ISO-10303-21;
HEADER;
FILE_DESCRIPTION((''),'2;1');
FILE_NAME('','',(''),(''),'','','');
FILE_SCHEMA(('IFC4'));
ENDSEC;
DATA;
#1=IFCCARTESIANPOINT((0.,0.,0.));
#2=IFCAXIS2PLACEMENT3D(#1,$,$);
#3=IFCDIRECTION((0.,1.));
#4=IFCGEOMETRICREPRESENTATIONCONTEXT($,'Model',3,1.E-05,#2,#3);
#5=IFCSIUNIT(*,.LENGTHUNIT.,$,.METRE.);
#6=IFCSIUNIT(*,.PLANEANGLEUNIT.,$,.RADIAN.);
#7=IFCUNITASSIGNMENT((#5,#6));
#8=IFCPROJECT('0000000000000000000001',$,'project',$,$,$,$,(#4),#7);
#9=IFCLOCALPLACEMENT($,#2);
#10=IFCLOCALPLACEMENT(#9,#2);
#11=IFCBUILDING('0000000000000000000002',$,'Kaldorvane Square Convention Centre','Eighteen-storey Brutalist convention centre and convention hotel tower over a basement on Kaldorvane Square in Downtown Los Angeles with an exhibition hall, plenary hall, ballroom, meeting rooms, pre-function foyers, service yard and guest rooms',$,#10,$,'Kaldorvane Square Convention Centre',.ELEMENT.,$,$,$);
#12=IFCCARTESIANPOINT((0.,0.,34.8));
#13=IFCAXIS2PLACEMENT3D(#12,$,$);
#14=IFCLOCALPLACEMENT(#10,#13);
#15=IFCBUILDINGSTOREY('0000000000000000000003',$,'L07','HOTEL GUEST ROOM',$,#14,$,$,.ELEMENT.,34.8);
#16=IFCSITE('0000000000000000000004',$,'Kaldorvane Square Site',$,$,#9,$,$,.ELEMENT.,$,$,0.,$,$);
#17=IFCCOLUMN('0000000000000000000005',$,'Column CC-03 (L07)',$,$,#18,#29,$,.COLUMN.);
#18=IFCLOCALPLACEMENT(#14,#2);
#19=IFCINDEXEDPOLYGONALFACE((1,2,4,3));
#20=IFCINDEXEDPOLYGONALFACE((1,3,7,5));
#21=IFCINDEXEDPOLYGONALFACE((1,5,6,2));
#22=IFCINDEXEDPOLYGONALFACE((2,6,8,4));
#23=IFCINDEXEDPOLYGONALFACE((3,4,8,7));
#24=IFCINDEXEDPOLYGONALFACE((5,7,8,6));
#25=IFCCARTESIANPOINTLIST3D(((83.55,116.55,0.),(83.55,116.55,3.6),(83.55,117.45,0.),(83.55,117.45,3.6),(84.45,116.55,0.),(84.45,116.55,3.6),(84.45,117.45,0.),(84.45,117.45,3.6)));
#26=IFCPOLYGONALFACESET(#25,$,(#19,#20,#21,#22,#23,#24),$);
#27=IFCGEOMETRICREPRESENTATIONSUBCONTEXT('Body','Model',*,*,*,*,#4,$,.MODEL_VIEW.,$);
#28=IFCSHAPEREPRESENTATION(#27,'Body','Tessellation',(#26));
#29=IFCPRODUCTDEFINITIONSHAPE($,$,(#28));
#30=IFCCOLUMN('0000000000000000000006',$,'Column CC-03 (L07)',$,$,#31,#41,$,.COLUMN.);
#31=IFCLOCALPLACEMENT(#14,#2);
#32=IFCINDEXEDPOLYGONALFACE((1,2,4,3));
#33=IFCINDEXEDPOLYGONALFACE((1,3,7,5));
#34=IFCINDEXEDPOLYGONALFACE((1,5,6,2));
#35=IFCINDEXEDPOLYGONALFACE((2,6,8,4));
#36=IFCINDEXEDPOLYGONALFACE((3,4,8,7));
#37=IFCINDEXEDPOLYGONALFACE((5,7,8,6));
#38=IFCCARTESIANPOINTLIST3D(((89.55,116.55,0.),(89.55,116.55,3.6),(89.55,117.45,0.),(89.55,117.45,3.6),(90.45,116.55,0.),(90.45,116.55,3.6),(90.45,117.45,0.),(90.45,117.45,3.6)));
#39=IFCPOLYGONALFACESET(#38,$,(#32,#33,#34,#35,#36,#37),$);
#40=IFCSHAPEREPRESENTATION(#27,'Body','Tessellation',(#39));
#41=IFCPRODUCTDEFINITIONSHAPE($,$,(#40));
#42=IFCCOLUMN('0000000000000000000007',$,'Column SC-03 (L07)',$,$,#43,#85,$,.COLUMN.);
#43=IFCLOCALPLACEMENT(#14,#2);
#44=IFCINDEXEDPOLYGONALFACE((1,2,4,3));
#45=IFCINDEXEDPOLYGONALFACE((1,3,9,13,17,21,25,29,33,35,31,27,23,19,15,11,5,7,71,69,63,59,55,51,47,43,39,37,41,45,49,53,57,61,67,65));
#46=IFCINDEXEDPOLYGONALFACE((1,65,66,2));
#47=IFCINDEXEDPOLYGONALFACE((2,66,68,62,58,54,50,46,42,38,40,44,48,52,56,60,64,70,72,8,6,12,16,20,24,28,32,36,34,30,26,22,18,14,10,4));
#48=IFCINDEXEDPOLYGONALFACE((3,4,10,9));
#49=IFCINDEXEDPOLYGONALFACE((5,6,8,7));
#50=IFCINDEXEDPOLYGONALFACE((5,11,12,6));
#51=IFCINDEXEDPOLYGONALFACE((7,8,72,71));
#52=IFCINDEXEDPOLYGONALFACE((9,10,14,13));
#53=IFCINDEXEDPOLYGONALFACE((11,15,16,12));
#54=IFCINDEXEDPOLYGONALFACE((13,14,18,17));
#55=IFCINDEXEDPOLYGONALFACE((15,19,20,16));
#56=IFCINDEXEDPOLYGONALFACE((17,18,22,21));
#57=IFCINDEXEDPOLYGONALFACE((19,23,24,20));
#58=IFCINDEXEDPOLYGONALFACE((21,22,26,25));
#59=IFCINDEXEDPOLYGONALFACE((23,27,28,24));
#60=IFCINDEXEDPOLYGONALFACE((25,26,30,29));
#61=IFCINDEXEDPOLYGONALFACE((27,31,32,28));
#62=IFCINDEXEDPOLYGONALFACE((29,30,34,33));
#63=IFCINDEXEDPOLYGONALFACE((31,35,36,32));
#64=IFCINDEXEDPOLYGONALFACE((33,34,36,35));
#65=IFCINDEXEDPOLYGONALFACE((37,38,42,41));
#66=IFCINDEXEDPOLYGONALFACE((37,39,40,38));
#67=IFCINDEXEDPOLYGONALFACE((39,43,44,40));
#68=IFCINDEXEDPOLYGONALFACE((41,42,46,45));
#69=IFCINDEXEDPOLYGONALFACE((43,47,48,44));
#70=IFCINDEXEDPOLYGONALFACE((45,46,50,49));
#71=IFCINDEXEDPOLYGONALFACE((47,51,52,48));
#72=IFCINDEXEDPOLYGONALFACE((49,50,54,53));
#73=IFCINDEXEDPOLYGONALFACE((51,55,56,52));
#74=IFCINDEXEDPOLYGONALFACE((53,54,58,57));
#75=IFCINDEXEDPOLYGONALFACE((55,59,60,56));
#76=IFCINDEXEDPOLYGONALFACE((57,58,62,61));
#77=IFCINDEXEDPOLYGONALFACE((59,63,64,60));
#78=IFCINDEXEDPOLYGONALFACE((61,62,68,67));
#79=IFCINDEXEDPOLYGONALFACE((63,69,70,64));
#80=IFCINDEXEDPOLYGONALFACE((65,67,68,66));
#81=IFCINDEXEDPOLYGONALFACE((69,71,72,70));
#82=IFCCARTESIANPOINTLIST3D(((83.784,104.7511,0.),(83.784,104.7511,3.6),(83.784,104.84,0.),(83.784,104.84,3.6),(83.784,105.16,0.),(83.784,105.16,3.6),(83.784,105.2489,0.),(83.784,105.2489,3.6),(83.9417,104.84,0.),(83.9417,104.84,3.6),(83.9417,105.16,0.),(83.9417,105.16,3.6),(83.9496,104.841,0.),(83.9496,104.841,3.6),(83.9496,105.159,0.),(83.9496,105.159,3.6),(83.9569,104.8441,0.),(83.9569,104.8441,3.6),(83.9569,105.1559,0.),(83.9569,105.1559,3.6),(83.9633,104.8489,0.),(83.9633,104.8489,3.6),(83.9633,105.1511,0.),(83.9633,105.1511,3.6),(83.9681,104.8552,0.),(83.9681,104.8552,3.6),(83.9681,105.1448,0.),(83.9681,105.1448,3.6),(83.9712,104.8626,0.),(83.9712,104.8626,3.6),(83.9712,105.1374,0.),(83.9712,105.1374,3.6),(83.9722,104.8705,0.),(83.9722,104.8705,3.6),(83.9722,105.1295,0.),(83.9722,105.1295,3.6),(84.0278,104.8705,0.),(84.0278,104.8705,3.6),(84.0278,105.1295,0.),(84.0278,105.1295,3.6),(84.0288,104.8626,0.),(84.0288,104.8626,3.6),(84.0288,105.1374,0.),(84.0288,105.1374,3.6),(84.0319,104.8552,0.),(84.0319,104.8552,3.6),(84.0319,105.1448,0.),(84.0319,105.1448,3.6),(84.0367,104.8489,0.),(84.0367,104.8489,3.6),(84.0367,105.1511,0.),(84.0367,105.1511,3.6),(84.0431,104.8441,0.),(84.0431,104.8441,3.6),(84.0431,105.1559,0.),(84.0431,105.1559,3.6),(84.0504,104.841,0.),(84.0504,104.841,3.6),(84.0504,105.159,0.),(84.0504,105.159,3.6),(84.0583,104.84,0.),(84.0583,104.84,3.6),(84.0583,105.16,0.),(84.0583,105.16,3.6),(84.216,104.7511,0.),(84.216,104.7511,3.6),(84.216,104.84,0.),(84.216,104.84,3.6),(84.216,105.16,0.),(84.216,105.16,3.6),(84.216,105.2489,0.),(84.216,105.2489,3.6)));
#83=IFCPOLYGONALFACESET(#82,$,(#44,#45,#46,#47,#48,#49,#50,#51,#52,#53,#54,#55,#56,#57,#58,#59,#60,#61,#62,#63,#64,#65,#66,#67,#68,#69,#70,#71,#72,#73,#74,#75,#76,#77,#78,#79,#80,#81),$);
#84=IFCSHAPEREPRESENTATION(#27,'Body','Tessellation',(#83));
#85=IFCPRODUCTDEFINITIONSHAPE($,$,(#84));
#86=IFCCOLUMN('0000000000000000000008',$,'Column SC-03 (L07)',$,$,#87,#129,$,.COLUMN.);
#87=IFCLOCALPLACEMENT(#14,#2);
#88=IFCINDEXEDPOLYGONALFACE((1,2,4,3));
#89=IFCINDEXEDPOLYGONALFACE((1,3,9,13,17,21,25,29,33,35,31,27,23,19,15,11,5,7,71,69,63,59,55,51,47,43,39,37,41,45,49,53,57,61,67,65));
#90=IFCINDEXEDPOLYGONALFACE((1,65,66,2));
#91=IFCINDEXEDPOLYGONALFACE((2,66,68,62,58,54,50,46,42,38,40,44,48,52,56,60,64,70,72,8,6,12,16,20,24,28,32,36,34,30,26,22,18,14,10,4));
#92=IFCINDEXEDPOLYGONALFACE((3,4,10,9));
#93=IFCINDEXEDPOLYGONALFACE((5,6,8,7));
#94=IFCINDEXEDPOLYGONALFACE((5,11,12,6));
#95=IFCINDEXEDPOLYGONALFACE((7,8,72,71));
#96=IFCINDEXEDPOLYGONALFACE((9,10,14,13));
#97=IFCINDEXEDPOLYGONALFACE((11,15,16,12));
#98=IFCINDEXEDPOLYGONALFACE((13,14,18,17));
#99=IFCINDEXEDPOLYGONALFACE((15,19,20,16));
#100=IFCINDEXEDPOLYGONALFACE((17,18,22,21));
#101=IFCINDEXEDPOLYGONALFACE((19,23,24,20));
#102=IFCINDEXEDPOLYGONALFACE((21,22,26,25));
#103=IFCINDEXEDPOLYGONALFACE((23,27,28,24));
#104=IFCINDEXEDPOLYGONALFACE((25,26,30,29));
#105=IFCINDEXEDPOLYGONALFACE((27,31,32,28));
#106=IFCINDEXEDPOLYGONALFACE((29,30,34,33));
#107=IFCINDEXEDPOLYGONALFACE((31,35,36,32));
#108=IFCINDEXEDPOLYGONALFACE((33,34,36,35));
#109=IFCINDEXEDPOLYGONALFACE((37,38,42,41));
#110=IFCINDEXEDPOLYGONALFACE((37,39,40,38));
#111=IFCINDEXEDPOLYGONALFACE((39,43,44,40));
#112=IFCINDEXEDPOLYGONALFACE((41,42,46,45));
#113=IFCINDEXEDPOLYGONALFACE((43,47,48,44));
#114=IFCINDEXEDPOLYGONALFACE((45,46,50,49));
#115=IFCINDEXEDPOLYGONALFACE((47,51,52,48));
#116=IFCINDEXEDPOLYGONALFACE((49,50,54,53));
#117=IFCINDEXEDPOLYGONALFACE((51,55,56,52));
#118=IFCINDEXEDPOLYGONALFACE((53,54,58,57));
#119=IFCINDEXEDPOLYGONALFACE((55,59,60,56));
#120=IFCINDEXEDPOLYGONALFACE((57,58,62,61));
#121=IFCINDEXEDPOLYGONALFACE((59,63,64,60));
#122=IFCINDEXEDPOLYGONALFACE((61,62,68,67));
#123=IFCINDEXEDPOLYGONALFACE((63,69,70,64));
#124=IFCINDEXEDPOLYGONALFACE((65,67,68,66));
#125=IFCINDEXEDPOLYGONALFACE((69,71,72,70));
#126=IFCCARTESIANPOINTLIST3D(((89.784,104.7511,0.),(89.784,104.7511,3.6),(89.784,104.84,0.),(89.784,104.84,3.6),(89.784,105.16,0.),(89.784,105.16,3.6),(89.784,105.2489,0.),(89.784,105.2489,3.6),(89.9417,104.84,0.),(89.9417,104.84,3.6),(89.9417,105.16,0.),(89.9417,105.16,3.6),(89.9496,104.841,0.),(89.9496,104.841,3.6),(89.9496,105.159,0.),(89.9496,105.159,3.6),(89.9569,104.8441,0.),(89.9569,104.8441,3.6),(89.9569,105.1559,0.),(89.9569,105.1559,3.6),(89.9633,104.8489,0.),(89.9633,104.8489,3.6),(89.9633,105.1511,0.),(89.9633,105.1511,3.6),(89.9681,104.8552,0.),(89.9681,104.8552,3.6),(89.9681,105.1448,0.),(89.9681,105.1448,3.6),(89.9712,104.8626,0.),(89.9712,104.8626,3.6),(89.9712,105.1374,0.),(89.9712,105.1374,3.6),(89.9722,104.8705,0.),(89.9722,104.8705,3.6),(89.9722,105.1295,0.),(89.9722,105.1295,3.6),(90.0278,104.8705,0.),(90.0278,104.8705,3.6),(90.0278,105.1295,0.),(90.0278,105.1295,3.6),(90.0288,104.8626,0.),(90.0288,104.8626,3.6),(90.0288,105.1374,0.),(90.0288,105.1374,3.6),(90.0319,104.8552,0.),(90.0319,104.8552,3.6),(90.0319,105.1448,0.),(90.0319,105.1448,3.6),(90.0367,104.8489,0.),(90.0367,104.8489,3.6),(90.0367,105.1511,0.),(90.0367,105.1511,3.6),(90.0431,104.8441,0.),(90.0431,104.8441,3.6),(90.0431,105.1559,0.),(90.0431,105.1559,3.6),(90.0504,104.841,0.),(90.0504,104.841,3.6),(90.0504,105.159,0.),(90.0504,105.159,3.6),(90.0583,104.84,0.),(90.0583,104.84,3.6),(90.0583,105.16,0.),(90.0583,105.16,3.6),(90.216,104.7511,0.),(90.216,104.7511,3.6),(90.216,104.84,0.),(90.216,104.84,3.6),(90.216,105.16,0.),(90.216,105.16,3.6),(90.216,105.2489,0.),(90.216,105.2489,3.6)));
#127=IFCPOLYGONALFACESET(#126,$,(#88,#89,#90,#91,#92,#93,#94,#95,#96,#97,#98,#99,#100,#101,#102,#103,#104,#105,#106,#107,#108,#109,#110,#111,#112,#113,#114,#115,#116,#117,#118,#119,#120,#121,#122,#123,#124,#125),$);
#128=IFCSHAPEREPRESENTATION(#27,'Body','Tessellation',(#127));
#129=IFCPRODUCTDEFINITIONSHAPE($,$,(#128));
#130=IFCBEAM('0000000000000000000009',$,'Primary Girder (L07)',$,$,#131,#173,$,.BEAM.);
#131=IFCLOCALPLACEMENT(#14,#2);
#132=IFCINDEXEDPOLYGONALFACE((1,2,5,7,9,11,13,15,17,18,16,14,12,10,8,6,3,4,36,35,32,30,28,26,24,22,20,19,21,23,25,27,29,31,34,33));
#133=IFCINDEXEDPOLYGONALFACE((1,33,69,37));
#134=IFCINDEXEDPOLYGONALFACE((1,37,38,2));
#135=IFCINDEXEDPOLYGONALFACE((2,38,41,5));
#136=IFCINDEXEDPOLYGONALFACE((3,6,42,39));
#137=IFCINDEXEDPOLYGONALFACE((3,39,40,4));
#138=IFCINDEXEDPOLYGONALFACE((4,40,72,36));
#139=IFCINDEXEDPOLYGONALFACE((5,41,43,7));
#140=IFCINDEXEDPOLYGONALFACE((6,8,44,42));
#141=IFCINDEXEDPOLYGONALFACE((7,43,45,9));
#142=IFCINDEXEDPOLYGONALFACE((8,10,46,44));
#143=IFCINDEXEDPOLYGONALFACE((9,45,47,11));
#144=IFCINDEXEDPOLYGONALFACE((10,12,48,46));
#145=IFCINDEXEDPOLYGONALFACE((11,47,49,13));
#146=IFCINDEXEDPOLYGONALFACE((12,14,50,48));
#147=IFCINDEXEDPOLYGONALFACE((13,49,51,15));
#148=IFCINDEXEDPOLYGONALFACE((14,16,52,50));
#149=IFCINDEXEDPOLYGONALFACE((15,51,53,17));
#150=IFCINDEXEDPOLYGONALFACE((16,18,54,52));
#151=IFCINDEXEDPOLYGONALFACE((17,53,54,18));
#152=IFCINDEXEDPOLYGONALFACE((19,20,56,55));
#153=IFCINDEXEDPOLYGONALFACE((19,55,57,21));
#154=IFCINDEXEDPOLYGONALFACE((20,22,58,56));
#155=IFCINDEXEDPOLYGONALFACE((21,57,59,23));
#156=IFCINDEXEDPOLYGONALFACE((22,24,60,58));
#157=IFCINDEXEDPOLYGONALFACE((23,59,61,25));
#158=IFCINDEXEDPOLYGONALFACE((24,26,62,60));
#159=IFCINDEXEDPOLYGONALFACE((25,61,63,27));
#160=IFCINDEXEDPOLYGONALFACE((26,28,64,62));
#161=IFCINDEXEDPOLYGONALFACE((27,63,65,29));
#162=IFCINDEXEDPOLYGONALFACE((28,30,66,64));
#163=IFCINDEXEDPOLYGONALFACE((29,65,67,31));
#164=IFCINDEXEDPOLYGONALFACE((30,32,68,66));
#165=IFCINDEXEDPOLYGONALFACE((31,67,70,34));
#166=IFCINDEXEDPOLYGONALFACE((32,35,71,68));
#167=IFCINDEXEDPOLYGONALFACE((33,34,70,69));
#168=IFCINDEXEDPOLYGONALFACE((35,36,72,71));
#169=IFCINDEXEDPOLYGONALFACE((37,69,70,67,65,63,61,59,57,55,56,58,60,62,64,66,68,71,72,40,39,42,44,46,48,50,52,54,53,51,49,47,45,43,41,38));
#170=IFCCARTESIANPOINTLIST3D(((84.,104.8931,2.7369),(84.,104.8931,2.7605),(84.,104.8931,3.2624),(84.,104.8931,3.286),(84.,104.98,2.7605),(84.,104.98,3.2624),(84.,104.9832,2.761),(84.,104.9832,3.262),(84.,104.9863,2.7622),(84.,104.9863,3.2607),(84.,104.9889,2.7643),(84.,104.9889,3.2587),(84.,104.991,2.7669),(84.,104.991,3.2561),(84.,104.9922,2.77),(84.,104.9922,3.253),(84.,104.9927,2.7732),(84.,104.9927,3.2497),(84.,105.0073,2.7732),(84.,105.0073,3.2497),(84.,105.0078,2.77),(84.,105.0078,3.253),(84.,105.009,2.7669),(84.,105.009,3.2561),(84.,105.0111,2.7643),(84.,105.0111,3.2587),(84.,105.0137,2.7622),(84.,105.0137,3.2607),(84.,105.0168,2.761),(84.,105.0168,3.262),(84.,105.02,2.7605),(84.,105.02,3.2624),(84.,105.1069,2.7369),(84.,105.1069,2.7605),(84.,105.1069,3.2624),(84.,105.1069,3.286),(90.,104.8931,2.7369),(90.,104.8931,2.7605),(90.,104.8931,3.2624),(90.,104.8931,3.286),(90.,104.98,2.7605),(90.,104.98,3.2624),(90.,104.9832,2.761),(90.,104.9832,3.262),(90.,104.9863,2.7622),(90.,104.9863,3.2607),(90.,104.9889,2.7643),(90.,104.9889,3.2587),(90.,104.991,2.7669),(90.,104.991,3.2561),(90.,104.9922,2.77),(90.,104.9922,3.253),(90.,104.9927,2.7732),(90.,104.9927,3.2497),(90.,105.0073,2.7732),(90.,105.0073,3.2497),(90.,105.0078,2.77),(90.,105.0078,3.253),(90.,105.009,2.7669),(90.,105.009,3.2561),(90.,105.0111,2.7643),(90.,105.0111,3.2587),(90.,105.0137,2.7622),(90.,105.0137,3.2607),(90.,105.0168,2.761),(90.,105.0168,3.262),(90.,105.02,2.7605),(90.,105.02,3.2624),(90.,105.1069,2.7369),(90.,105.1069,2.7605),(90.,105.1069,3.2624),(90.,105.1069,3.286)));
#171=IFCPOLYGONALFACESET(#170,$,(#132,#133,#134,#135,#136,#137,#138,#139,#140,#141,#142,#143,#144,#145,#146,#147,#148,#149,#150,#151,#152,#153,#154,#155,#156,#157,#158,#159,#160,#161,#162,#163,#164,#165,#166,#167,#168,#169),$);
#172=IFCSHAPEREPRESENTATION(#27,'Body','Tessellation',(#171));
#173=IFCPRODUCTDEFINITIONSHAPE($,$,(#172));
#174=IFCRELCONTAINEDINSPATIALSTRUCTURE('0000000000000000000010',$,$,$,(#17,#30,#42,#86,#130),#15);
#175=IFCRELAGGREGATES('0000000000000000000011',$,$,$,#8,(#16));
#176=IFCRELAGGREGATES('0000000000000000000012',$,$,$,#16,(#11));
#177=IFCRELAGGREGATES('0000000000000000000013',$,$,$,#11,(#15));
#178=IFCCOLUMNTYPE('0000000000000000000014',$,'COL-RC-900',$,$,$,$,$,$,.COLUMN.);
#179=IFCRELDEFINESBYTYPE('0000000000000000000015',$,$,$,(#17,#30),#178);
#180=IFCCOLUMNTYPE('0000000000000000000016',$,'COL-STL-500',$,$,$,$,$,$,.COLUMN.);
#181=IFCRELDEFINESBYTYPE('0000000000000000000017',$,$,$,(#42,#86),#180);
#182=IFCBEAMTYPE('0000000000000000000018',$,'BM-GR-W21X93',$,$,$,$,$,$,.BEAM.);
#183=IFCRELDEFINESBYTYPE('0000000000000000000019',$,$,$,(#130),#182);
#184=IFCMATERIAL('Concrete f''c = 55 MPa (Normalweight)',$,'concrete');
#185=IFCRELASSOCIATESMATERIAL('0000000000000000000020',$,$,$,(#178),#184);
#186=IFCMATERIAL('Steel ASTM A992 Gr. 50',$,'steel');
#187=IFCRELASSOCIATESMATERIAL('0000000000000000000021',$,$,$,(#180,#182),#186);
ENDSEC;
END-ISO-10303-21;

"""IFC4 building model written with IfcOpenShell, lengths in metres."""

from ifc_helpers import new_model, si_unit, direction, frame, origin, origin_2d, place, context, subcontext, project, spatial, rectangle, i_section, extrude, material, material_profile, profile_set, type_object, element, save


model = new_model("IFC4")

# Units and contexts
model_context = context("Model", 3, precision=1e-05, world=origin(), true_north=direction((0.0, 1.0)))
body_context = subcontext(model_context, "Body", "Model", "MODEL_VIEW")
ifc_project = project(units=[si_unit("LENGTHUNIT", "METRE"), si_unit("PLANEANGLEUNIT", "RADIAN")], contexts=[model_context])

# Site, building, storey
site_placement = place(None, origin())
site = spatial("IfcSite", under=ifc_project, at=site_placement, Name="Kaldorvane Square Site", CompositionType="ELEMENT", RefElevation=0.0)
building_placement = place(site_placement, origin())
building = spatial("IfcBuilding", under=site, at=building_placement, Name="Kaldorvane Square Convention Centre", Description="Eighteen-storey Brutalist convention centre and convention hotel tower over a basement on Kaldorvane Square in Downtown Los Angeles with an exhibition hall, plenary hall, ballroom, meeting rooms, pre-function foyers, service yard and guest rooms", LongName="Kaldorvane Square Convention Centre", CompositionType="ELEMENT")
storey_placement = place(building_placement, frame((0.0, 0.0, 34.8)))
storey = spatial("IfcBuildingStorey", under=building, at=storey_placement, Name="L07", Description="HOTEL GUEST ROOM", CompositionType="ELEMENT", Elevation=34.8)

# Columns
ifc_material_1 = material(Name="Concrete f'c = 55 MPa (Normalweight)", Category="concrete")
ifc_material_profile_1 = material_profile(ifc_material_1, rectangle(XDim=0.9, YDim=0.9, at=origin_2d()), Name="RC900X900")
ifc_profile_set_1 = profile_set([ifc_material_profile_1], Name="Concrete f'c = 55 MPa (Normalweight)")
column_type_1 = type_object("IfcColumnType", Name="COL-RC-900", PredefinedType="COLUMN", material=ifc_profile_set_1)
for number, where, z_axis, x_axis, name in (
    (1, (84.0, 117.0, 0.0), (0.0, 0.0, 1.0), (1.0, 0.0, 0.0), "Column CC-03 (L07)"),
    (2, (90.0, 117.0, 0.0), (0.0, 0.0, 1.0), (1.0, 0.0, 0.0), "Column CC-03 (L07)"),
):
    element("IfcColumn", number, at=place(storey_placement, frame(where, z_axis=z_axis, x_axis=x_axis)), inside=storey, type_object=column_type_1, Name=name, PredefinedType="COLUMN", context=body_context, shape_type="SweptSolid", body=[
        extrude(rectangle(XDim=0.9, YDim=0.9, at=origin_2d()), origin(), (0.0, 0.0, 1.0), 3.6),
    ])
ifc_material_2 = material(Name="Steel ASTM A992 Gr. 50", Category="steel")
ifc_material_profile_2 = material_profile(ifc_material_2, i_section(OverallWidth=0.4321, OverallDepth=0.4978, WebThickness=0.0556, FlangeThickness=0.0889, FilletRadius=0.0305, at=origin_2d()), Name="W14X500")
ifc_profile_set_2 = profile_set([ifc_material_profile_2], Name="Steel ASTM A992 Gr. 50")
column_type_2 = type_object("IfcColumnType", Name="COL-STL-500", PredefinedType="COLUMN", material=ifc_profile_set_2)
for number, where, z_axis, x_axis, name in (
    (3, (84.0, 105.0, 0.0), (0.0, 0.0, 1.0), (1.0, 0.0, 0.0), "Column SC-03 (L07)"),
    (4, (90.0, 105.0, 0.0), (0.0, 0.0, 1.0), (1.0, 0.0, 0.0), "Column SC-03 (L07)"),
):
    element("IfcColumn", number, at=place(storey_placement, frame(where, z_axis=z_axis, x_axis=x_axis)), inside=storey, type_object=column_type_2, Name=name, PredefinedType="COLUMN", context=body_context, shape_type="SweptSolid", body=[
        extrude(i_section(OverallWidth=0.4321, OverallDepth=0.4978, WebThickness=0.0556, FlangeThickness=0.0889, FilletRadius=0.0305, at=origin_2d()), origin(), (0.0, 0.0, 1.0), 3.6),
    ])

# Beam
ifc_material_profile_3 = material_profile(ifc_material_2, i_section(OverallWidth=0.2139, OverallDepth=0.5491, WebThickness=0.0147, FlangeThickness=0.0236, FilletRadius=0.0127, at=origin_2d()), Name="W21X93")
ifc_profile_set_3 = profile_set([ifc_material_profile_3], Name="Steel ASTM A992 Gr. 50")
beam_type_1 = type_object("IfcBeamType", Name="BM-GR-W21X93", PredefinedType="BEAM", material=ifc_profile_set_3)
for number, where, z_axis, x_axis, name in (
    (5, (84.0, 105.0, 3.0115), (1.0, 0.0, 0.0), (0.0, 1.0, 0.0), "Primary Girder (L07)"),
):
    element("IfcBeam", number, at=place(storey_placement, frame(where, z_axis=z_axis, x_axis=x_axis)), inside=storey, type_object=beam_type_1, Name=name, PredefinedType="BEAM", context=body_context, shape_type="SweptSolid", body=[
        extrude(i_section(OverallWidth=0.2139, OverallDepth=0.5491, WebThickness=0.0147, FlangeThickness=0.0236, FilletRadius=0.0127, at=origin_2d()), origin(), (0.0, 0.0, 1.0), 6.0),
    ])

save(model, "model.ifc")
